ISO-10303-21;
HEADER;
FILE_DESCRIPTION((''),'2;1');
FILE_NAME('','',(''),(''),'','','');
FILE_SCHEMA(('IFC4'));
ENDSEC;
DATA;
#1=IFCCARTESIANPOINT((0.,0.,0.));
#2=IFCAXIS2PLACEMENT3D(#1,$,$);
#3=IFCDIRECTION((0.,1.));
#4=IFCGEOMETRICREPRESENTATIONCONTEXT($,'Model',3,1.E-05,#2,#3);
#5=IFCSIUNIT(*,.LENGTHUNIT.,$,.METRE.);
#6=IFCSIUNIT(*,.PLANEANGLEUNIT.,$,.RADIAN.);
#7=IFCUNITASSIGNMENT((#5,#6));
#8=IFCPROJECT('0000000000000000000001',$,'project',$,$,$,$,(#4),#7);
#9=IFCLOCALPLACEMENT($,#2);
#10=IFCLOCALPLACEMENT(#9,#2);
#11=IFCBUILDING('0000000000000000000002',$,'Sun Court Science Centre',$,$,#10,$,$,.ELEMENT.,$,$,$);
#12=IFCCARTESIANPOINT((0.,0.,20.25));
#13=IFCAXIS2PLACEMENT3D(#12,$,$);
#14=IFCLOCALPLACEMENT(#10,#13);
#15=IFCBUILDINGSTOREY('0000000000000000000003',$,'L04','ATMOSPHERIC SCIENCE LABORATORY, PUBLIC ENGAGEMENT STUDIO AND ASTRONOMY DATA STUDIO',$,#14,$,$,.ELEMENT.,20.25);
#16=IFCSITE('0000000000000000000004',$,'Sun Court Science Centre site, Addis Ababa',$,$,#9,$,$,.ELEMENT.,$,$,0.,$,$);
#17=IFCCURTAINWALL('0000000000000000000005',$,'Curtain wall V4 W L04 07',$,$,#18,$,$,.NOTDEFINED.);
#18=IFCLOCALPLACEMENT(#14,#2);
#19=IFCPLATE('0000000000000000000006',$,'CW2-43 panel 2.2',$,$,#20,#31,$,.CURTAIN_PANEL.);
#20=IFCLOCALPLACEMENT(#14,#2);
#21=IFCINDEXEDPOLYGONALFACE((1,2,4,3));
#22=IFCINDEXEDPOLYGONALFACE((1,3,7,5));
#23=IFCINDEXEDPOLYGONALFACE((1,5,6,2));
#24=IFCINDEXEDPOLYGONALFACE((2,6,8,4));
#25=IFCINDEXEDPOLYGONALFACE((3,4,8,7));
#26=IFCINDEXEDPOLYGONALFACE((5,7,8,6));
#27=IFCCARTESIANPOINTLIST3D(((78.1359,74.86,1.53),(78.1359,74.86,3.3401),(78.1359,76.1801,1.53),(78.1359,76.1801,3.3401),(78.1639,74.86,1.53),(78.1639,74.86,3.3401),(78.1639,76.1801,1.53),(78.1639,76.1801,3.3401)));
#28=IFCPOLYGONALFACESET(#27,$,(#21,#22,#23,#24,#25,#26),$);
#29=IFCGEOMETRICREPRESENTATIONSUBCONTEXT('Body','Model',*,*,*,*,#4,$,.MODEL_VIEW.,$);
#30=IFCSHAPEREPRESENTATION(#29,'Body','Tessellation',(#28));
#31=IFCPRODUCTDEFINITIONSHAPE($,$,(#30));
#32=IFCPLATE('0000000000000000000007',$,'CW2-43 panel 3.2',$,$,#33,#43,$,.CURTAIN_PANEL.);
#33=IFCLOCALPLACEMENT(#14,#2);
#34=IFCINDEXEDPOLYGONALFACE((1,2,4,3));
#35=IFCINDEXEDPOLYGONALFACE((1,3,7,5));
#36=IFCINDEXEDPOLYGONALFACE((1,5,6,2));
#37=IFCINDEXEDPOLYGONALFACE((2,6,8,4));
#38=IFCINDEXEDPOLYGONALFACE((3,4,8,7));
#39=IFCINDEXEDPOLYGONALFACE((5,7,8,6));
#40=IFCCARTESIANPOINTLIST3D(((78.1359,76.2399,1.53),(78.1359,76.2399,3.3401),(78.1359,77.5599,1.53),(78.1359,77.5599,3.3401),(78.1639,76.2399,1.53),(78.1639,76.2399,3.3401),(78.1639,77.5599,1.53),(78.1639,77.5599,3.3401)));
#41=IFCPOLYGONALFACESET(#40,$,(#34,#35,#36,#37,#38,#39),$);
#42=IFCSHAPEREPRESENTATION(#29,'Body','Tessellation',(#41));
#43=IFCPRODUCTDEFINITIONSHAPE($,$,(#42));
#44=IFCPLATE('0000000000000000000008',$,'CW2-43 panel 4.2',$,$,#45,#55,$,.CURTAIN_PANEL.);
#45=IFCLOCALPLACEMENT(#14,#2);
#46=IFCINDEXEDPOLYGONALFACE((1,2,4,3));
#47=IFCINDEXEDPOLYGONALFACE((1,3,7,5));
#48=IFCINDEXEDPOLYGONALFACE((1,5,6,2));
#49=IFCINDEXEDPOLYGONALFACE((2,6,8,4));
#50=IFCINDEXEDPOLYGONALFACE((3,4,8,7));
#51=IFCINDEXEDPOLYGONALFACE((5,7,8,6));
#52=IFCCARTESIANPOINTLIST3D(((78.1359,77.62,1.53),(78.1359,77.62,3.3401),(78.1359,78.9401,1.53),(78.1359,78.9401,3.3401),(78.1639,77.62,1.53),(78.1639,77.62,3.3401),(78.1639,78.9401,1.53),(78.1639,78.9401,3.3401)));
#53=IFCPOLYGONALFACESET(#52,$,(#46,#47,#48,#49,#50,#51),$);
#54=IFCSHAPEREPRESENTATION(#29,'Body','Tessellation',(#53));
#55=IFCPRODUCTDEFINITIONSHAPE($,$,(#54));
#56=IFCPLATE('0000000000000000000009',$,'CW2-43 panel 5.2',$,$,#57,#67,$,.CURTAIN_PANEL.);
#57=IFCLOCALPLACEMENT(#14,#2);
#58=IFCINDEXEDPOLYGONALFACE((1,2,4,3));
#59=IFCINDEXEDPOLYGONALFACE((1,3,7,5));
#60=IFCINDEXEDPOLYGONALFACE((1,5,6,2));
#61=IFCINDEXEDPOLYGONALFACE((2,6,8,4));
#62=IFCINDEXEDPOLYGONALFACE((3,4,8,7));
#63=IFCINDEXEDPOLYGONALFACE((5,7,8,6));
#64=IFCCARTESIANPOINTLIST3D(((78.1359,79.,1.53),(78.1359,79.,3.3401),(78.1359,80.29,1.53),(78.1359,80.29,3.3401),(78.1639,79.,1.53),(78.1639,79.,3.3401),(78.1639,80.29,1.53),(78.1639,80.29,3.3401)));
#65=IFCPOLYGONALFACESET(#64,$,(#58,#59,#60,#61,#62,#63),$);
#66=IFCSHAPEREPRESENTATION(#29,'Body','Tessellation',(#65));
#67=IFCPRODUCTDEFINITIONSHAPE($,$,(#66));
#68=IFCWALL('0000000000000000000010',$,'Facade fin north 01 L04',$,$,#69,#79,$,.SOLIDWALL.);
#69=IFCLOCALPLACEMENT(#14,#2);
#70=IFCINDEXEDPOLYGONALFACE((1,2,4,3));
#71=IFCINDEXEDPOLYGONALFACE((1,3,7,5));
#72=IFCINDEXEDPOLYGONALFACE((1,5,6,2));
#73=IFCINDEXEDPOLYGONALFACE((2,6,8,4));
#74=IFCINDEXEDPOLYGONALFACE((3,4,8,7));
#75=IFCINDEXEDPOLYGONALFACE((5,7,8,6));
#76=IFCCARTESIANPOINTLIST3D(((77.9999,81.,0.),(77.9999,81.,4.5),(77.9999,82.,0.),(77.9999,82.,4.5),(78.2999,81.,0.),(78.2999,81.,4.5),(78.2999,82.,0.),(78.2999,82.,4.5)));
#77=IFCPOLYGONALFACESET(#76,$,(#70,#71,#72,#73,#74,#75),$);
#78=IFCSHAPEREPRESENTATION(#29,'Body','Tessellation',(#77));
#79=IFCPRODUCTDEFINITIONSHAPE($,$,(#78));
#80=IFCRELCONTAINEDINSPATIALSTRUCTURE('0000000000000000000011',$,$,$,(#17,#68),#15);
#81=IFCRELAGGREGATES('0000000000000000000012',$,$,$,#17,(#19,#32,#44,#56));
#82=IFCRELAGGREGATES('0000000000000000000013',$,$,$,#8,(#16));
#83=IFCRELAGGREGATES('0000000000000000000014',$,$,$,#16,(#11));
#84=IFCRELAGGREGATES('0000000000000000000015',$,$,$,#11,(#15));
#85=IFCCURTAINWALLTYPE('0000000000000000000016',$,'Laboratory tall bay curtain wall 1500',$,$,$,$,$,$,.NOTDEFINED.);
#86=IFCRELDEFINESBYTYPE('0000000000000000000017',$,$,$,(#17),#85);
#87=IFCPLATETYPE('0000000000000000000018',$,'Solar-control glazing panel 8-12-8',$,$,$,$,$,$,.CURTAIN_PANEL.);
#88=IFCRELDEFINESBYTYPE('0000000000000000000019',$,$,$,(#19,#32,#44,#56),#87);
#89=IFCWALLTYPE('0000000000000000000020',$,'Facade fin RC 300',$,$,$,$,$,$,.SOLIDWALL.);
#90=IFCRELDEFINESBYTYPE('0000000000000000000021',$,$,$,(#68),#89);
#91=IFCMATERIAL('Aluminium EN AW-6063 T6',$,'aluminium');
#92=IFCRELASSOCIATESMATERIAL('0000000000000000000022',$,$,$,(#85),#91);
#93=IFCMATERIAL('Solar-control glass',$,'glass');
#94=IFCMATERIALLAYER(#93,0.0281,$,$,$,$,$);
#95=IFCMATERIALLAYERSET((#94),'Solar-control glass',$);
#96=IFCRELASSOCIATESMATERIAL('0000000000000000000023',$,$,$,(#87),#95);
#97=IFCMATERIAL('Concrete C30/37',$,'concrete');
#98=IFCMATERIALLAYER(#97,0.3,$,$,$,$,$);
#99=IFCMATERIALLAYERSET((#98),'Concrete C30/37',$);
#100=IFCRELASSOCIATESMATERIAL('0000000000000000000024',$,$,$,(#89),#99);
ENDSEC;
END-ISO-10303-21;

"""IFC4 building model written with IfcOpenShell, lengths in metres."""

from ifc_helpers import new_model, si_unit, direction, frame, frame_2d, origin, origin_2d, place, context, subcontext, project, spatial, rectangle, extrude, material, layer, layer_set, type_object, element, aggregate, save


model = new_model("IFC4")

# Units and contexts
model_context = context("Model", 3, precision=1e-05, world=origin(), true_north=direction((0.0, 1.0)))
body_context = subcontext(model_context, "Body", "Model", "MODEL_VIEW")
ifc_project = project(units=[si_unit("LENGTHUNIT", "METRE"), si_unit("PLANEANGLEUNIT", "RADIAN")], contexts=[model_context])

# Site, building, storey
site_placement = place(None, origin())
site = spatial("IfcSite", under=ifc_project, at=site_placement, Name="Sun Court Science Centre site, Addis Ababa", CompositionType="ELEMENT", RefElevation=0.0)
building_placement = place(site_placement, origin())
building = spatial("IfcBuilding", under=site, at=building_placement, Name="Sun Court Science Centre", CompositionType="ELEMENT")
storey_placement = place(building_placement, frame((0.0, 0.0, 20.25)))
storey = spatial("IfcBuildingStorey", under=building, at=storey_placement, Name="L04", Description="ATMOSPHERIC SCIENCE LABORATORY, PUBLIC ENGAGEMENT STUDIO AND ASTRONOMY DATA STUDIO", CompositionType="ELEMENT", Elevation=20.25)

# Curtain wall
ifc_material_1 = material(Name="Aluminium EN AW-6063 T6", Category="aluminium")
curtain_wall_type = type_object("IfcCurtainWallType", Name="Laboratory tall bay curtain wall 1500", PredefinedType="NOTDEFINED", material=ifc_material_1)
curtain_wall_1_placement = place(storey_placement, origin())
curtain_wall_1 = element("IfcCurtainWall", 1, at=curtain_wall_1_placement, inside=storey, type_object=curtain_wall_type, Name="Curtain wall V4 W L04 07", PredefinedType="NOTDEFINED")

# Plates
ifc_material_2 = material(Name="Solar-control glass", Category="glass")
ifc_layer_1 = layer(ifc_material_2, 0.0281)
ifc_layer_set_1 = layer_set([ifc_layer_1], Name="Solar-control glass")
plate_type = type_object("IfcPlateType", Name="Solar-control glazing panel 8-12-8", PredefinedType="CURTAIN_PANEL", material=ifc_layer_set_1)
plate_1_placement = place(storey_placement, frame((78.1499, 75.52, 1.53), z_axis=(0.0, 0.0, 1.0), x_axis=(0.0, 1.0, 0.0)))
plate_1 = element("IfcPlate", 2, at=plate_1_placement, type_object=plate_type, Name="CW2-43 panel 2.2", PredefinedType="CURTAIN_PANEL", context=body_context, shape_type="SweptSolid", body=[
    extrude(rectangle(XDim=1.3201, YDim=0.0281, at=origin_2d()), origin(), (0.0, 0.0, 1.0), 1.8101),
])
plate_2_placement = place(storey_placement, frame((78.1499, 76.8999, 1.53), z_axis=(0.0, 0.0, 1.0), x_axis=(0.0, 1.0, 0.0)))
plate_2 = element("IfcPlate", 3, at=plate_2_placement, type_object=plate_type, Name="CW2-43 panel 3.2", PredefinedType="CURTAIN_PANEL", context=body_context, shape_type="SweptSolid", body=[
    extrude(rectangle(XDim=1.3201, YDim=0.0281, at=origin_2d()), origin(), (0.0, 0.0, 1.0), 1.8101),
])
plate_3_placement = place(storey_placement, frame((78.1499, 78.28, 1.53), z_axis=(0.0, 0.0, 1.0), x_axis=(0.0, 1.0, 0.0)))
plate_3 = element("IfcPlate", 4, at=plate_3_placement, type_object=plate_type, Name="CW2-43 panel 4.2", PredefinedType="CURTAIN_PANEL", context=body_context, shape_type="SweptSolid", body=[
    extrude(rectangle(XDim=1.3201, YDim=0.0281, at=origin_2d()), origin(), (0.0, 0.0, 1.0), 1.8101),
])
plate_4_placement = place(storey_placement, frame((78.1499, 79.645, 1.53), z_axis=(0.0, 0.0, 1.0), x_axis=(0.0, 1.0, 0.0)))
plate_4 = element("IfcPlate", 5, at=plate_4_placement, type_object=plate_type, Name="CW2-43 panel 5.2", PredefinedType="CURTAIN_PANEL", context=body_context, shape_type="SweptSolid", body=[
    extrude(rectangle(XDim=1.29, YDim=0.0281, at=origin_2d()), origin(), (0.0, 0.0, 1.0), 1.8101),
])
aggregate(curtain_wall_1, [plate_1, plate_2, plate_3, plate_4])

# Wall
ifc_material_3 = material(Name="Concrete C30/37", Category="concrete")
ifc_layer_2 = layer(ifc_material_3, 0.3)
ifc_layer_set_2 = layer_set([ifc_layer_2], Name="Concrete C30/37")
wall_type = type_object("IfcWallType", Name="Facade fin RC 300", PredefinedType="SOLIDWALL", material=ifc_layer_set_2)
wall_placement = place(storey_placement, frame((78.1499, 81.0, 0.0), z_axis=(0.0, 0.0, 1.0), x_axis=(0.0, 1.0, 0.0)))
element("IfcWall", 6, at=wall_placement, inside=storey, type_object=wall_type, Name="Facade fin north 01 L04", PredefinedType="SOLIDWALL", context=body_context, shape_type="SweptSolid", body=[
    extrude(rectangle(XDim=1.0, YDim=0.3, at=frame_2d((0.5, 0.0))), origin(), (0.0, 0.0, 1.0), 4.5),
])

save(model, "model.ifc")
